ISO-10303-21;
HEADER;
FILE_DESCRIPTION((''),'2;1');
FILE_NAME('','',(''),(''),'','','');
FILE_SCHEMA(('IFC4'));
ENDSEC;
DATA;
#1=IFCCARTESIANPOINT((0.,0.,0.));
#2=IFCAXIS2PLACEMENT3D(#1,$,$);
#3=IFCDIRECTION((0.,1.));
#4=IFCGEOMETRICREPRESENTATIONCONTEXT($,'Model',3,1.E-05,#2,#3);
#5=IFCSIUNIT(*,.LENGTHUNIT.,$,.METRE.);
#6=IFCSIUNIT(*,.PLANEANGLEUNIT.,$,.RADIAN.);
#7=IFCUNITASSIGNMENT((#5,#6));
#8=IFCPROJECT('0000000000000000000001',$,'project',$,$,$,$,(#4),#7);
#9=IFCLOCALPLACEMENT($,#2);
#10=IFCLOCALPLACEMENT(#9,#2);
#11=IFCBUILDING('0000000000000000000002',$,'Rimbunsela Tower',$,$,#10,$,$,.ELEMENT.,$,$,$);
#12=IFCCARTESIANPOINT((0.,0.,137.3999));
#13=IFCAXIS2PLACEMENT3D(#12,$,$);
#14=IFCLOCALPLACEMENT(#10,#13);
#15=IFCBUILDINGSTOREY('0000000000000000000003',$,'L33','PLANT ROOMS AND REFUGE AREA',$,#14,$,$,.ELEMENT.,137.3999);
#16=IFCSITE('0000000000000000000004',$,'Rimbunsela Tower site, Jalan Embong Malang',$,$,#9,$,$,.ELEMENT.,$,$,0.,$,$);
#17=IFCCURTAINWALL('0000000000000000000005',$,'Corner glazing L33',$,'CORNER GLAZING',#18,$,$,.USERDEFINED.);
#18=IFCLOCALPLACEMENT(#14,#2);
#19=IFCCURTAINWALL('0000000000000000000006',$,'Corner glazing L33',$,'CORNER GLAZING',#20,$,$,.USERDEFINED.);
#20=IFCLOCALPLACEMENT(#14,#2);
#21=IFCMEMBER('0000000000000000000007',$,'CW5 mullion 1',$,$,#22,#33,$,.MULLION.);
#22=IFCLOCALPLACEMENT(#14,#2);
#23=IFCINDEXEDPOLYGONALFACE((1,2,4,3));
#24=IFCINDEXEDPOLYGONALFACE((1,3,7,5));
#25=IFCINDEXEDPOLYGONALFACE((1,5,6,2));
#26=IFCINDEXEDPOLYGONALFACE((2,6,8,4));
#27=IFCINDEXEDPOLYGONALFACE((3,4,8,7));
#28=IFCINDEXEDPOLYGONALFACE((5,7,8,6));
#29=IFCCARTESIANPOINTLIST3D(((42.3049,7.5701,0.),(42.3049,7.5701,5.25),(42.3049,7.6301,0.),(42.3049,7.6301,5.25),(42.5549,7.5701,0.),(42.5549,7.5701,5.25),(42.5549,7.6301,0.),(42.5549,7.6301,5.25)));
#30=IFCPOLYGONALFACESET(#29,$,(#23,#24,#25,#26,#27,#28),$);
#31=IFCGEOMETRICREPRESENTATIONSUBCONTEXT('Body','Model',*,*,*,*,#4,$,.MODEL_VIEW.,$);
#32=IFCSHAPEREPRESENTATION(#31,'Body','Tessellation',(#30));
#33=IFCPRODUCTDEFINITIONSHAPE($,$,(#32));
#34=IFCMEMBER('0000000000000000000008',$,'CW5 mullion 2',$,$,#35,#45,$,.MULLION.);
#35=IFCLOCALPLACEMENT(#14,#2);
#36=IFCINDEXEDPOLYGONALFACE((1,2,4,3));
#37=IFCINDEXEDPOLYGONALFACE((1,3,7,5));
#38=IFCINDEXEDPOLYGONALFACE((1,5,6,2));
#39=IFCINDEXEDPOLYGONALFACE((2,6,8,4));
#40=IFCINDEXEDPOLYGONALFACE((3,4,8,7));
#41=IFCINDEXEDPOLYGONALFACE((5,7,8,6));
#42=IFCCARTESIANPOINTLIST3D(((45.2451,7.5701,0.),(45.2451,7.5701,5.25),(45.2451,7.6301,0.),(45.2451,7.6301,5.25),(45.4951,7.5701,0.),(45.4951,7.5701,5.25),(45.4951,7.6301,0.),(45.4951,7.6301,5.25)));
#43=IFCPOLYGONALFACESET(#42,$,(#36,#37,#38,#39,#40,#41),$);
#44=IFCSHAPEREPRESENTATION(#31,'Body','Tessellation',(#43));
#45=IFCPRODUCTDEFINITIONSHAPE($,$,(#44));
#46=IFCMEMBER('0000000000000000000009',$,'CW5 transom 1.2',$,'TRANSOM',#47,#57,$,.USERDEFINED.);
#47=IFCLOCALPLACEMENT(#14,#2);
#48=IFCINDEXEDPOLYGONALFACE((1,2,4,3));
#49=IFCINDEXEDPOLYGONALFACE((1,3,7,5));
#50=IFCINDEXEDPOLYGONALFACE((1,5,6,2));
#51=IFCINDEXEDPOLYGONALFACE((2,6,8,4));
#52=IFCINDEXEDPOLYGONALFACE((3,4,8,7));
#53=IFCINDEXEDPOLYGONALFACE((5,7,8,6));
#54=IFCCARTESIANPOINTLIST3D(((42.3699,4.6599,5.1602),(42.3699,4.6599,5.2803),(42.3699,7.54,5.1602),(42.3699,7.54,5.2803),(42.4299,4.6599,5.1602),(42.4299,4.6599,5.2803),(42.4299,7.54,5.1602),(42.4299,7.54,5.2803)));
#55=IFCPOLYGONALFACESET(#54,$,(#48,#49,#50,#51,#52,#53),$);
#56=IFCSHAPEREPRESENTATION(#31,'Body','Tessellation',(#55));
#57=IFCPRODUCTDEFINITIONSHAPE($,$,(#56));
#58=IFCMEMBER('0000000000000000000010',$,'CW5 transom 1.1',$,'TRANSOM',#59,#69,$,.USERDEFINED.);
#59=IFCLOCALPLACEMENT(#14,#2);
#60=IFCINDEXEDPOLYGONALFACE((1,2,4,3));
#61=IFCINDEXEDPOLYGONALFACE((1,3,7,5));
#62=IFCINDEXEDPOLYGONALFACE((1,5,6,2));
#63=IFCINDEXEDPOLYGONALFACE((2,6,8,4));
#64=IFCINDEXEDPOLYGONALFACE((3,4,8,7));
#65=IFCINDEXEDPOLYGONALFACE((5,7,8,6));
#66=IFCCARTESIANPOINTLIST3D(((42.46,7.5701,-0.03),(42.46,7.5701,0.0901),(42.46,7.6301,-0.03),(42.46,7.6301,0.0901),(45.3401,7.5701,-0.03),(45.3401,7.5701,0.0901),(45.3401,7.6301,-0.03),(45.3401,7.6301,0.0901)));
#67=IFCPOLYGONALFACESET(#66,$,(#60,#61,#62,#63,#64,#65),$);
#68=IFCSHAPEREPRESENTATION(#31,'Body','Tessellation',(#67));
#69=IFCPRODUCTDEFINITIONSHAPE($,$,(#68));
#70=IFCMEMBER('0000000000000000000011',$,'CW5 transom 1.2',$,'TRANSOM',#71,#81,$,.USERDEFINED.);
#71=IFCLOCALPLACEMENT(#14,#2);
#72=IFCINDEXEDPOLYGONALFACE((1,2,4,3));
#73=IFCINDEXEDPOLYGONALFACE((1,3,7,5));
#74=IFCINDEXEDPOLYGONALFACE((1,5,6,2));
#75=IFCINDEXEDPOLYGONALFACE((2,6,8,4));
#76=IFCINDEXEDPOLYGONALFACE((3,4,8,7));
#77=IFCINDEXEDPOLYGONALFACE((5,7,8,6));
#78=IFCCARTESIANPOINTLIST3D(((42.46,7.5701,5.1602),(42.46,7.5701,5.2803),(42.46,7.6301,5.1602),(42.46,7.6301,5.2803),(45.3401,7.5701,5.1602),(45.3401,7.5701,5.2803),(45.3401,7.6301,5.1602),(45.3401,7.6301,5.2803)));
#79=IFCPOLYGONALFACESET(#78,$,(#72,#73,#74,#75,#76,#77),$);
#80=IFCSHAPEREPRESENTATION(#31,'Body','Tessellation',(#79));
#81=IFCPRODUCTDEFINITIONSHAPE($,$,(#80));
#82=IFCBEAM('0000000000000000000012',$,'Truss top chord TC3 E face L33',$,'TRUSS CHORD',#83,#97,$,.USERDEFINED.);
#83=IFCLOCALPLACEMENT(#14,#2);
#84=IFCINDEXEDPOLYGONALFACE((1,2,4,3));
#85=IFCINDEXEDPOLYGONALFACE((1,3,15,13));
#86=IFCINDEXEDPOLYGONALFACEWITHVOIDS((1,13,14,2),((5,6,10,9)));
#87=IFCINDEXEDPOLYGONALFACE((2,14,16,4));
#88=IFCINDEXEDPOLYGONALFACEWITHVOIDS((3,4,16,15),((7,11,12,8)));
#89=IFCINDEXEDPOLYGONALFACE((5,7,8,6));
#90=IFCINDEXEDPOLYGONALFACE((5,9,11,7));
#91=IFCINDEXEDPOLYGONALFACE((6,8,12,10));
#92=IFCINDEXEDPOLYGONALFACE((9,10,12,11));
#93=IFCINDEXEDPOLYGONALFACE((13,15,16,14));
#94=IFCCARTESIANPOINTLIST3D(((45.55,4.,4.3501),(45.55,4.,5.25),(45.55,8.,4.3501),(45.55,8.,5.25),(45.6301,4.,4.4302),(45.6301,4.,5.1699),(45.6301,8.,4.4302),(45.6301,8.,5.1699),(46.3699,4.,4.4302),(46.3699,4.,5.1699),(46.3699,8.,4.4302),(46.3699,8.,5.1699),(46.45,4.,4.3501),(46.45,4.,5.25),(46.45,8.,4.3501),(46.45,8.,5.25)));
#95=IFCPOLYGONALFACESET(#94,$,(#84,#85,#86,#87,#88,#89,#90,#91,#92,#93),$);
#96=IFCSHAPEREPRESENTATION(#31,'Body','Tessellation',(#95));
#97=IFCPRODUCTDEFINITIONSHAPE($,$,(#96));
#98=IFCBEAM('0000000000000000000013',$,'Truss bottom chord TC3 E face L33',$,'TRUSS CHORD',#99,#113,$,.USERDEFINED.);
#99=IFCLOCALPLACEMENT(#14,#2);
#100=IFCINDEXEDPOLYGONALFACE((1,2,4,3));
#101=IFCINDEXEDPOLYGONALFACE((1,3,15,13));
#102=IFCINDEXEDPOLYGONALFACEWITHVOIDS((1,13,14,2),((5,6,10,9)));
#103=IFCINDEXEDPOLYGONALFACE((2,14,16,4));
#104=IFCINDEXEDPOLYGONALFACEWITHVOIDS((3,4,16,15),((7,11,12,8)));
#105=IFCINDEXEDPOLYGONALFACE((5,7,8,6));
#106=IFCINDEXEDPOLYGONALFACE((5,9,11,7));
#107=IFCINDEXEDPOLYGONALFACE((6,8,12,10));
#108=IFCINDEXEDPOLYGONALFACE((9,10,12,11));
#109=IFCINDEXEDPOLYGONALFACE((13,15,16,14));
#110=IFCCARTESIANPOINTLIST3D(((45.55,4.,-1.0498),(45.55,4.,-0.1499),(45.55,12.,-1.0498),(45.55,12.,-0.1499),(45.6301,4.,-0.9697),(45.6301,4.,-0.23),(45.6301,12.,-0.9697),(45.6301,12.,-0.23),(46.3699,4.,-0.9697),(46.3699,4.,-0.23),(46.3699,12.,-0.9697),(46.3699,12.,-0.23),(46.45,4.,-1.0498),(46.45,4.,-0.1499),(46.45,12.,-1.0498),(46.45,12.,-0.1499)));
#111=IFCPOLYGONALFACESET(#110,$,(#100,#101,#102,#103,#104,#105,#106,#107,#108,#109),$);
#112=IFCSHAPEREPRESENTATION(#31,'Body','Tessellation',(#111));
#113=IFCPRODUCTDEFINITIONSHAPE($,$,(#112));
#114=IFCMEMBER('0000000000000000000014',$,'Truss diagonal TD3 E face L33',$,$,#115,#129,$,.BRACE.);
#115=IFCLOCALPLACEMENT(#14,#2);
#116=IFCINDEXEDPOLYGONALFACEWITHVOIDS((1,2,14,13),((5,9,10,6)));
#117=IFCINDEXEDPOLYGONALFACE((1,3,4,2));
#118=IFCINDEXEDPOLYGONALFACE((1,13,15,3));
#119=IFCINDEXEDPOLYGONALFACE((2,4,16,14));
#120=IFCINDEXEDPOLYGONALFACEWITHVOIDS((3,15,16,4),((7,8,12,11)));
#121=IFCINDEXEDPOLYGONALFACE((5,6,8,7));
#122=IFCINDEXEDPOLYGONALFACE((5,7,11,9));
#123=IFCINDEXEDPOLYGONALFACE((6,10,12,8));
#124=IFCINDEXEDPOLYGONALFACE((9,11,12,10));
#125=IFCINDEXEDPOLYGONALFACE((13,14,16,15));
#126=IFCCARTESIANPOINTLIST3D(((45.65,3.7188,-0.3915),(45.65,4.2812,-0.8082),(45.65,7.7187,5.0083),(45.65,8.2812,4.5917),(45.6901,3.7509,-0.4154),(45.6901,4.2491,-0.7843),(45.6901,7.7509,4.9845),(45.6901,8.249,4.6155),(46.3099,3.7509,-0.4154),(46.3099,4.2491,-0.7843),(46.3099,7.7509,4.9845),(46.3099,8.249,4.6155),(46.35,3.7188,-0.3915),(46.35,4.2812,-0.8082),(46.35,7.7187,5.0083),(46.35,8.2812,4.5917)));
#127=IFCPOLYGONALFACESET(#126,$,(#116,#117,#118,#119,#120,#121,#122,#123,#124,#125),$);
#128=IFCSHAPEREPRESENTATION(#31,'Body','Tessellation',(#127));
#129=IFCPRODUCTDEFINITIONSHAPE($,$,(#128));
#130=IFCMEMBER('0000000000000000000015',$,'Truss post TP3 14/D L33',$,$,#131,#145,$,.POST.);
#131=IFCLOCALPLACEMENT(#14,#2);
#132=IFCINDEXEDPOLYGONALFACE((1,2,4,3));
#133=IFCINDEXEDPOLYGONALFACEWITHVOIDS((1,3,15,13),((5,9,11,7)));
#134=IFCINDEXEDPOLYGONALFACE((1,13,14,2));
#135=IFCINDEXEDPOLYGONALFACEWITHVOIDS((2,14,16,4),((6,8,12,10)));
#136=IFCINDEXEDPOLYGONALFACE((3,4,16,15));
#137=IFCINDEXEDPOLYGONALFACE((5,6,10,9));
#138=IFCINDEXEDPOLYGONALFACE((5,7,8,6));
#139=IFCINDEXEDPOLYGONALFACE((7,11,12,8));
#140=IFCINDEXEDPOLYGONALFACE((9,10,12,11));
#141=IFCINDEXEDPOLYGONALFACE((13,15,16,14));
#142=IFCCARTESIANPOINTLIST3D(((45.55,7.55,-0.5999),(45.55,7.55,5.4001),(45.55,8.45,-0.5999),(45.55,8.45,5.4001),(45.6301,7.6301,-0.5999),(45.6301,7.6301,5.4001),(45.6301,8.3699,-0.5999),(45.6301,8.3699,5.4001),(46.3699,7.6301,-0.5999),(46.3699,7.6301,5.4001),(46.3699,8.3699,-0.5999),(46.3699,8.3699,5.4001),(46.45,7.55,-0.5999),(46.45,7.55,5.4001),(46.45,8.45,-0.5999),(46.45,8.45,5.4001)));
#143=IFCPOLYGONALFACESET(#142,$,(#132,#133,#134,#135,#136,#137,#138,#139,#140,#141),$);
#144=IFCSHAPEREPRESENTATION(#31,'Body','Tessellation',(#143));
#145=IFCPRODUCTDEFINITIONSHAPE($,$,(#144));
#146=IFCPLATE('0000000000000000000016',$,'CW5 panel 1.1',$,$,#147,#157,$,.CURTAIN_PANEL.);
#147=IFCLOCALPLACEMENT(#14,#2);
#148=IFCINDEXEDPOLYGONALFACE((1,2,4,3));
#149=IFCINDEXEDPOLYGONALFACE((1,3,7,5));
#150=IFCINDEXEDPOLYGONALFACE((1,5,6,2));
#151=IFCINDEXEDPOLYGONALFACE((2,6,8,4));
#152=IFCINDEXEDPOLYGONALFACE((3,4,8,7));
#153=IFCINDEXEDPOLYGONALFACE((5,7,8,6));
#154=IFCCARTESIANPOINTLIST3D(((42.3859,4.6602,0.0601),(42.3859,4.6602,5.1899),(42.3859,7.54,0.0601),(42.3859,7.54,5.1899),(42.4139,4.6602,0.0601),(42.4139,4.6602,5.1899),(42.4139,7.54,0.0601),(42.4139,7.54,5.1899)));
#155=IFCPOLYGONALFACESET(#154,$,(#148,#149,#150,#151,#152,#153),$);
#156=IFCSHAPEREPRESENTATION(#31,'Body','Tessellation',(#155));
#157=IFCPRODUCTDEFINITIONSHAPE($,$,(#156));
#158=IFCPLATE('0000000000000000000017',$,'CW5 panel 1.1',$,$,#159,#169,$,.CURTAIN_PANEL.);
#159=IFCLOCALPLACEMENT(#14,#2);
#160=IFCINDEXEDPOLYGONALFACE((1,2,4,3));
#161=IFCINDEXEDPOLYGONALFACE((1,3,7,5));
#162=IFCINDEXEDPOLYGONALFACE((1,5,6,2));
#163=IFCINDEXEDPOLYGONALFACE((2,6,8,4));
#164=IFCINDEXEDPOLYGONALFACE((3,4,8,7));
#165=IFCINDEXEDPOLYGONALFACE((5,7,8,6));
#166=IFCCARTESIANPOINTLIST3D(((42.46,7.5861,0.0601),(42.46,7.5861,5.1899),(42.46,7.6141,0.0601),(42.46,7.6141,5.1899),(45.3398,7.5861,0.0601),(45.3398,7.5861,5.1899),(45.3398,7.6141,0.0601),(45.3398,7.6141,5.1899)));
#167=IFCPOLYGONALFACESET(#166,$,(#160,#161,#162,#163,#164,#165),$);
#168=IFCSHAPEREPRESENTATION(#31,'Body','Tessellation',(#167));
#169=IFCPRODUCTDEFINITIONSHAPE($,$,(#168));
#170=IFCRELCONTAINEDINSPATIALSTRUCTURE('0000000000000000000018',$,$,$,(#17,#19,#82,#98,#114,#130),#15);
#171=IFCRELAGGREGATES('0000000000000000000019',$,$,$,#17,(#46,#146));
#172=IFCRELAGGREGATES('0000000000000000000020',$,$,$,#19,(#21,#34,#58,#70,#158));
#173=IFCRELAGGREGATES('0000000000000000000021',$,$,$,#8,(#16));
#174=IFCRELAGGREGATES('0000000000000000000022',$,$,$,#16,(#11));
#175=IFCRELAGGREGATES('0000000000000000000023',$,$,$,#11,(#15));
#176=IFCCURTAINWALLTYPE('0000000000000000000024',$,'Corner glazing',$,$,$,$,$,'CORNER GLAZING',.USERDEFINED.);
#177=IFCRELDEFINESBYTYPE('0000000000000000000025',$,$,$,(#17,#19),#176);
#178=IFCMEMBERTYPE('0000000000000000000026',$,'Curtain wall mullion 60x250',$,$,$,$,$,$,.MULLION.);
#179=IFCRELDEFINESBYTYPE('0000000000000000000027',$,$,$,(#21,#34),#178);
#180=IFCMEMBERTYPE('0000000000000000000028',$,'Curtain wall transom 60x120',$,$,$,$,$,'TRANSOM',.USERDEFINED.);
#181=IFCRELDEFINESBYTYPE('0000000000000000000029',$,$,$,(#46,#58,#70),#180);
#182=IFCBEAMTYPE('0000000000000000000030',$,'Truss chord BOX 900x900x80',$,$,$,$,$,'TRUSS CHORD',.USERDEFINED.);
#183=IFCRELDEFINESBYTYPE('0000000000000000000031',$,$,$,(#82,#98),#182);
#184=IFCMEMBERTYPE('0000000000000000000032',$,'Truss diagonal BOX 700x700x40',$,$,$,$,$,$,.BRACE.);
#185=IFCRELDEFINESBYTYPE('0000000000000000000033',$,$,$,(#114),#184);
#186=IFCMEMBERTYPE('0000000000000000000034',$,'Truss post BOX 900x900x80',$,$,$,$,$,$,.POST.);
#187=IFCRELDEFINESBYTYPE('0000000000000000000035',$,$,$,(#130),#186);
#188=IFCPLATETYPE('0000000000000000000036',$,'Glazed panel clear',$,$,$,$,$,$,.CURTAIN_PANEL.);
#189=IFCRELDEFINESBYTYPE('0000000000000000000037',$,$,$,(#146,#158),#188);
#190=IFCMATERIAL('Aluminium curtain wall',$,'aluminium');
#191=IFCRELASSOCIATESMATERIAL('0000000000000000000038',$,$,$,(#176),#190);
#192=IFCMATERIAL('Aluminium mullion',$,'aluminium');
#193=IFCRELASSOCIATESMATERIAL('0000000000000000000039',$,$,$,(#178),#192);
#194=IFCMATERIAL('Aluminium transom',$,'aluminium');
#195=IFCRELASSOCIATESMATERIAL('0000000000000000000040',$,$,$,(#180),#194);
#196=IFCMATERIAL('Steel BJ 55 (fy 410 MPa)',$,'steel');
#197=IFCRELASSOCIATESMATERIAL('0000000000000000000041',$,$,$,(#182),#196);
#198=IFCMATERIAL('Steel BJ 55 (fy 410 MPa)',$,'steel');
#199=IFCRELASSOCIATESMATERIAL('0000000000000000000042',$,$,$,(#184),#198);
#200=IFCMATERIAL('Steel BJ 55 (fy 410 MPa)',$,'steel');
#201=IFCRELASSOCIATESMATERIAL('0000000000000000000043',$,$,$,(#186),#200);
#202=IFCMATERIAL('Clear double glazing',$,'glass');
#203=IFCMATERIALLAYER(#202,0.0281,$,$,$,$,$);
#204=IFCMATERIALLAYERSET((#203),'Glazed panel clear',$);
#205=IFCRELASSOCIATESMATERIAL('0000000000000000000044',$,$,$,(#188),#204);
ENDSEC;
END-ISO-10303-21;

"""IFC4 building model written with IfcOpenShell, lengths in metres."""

from ifc_helpers import new_model, si_unit, direction, frame, origin, origin_2d, place, context, subcontext, project, spatial, rectangle, hollow_rectangle, extrude, material, layer, layer_set, material_profile, profile_set, type_object, element, aggregate, save


model = new_model("IFC4")

# Units and contexts
model_context = context("Model", 3, precision=1e-05, world=origin(), true_north=direction((0.0, 1.0)))
body_context = subcontext(model_context, "Body", "Model", "MODEL_VIEW")
ifc_project = project(units=[si_unit("LENGTHUNIT", "METRE"), si_unit("PLANEANGLEUNIT", "RADIAN")], contexts=[model_context])

# Site, building, storey
site_placement = place(None, origin())
site = spatial("IfcSite", under=ifc_project, at=site_placement, Name="Rimbunsela Tower site, Jalan Embong Malang", CompositionType="ELEMENT", RefElevation=0.0)
building_placement = place(site_placement, origin())
building = spatial("IfcBuilding", under=site, at=building_placement, Name="Rimbunsela Tower", CompositionType="ELEMENT")
storey_placement = place(building_placement, frame((0.0, 0.0, 137.3999)))
storey = spatial("IfcBuildingStorey", under=building, at=storey_placement, Name="L33", Description="PLANT ROOMS AND REFUGE AREA", CompositionType="ELEMENT", Elevation=137.3999)

# Curtain wall
ifc_material_1 = material(Name="Aluminium curtain wall", Category="aluminium")
curtain_wall_type = type_object("IfcCurtainWallType", Name="Corner glazing", ElementType="CORNER GLAZING", PredefinedType="USERDEFINED", material=ifc_material_1)
curtain_wall_1_placement = place(storey_placement, origin())
curtain_wall_1 = element("IfcCurtainWall", 1, at=curtain_wall_1_placement, inside=storey, type_object=curtain_wall_type, Name="Corner glazing L33", ObjectType="CORNER GLAZING", PredefinedType="USERDEFINED")
ifc_material_2 = material(Name="Aluminium mullion", Category="aluminium")
ifc_material_profile_1 = material_profile(ifc_material_2, rectangle(XDim=0.0601, YDim=0.25, at=origin_2d()), Name="Mullion 60x250")
ifc_profile_set_1 = profile_set([ifc_material_profile_1], Name="Aluminium mullion")
member_type_1 = type_object("IfcMemberType", Name="Curtain wall mullion 60x250", PredefinedType="MULLION", material=ifc_profile_set_1)

# Curtain wall, members
curtain_wall_2_placement = place(storey_placement, origin())
curtain_wall_2 = element("IfcCurtainWall", 2, at=curtain_wall_2_placement, inside=storey, type_object=curtain_wall_type, Name="Corner glazing L33", ObjectType="CORNER GLAZING", PredefinedType="USERDEFINED")
member_1_placement = place(storey_placement, frame((42.4299, 7.6001, 0.0), z_axis=(0.0, 0.0, 1.0), x_axis=(0.0, 1.0, 0.0)))
member_1 = element("IfcMember", 3, at=member_1_placement, type_object=member_type_1, Name="CW5 mullion 1", PredefinedType="MULLION", context=body_context, shape_type="SweptSolid", body=[
    extrude(rectangle(XDim=0.0601, YDim=0.25, at=origin_2d()), origin(), (0.0, 0.0, 1.0), 5.25),
])
member_2_placement = place(storey_placement, frame((45.3701, 7.6001, 0.0), z_axis=(0.0, 0.0, 1.0), x_axis=(0.0, 1.0, 0.0)))
member_2 = element("IfcMember", 4, at=member_2_placement, type_object=member_type_1, Name="CW5 mullion 2", PredefinedType="MULLION", context=body_context, shape_type="SweptSolid", body=[
    extrude(rectangle(XDim=0.0601, YDim=0.25, at=origin_2d()), origin(), (0.0, 0.0, 1.0), 5.25),
])

# Members
ifc_material_3 = material(Name="Aluminium transom", Category="aluminium")
ifc_material_profile_2 = material_profile(ifc_material_3, rectangle(XDim=0.0601, YDim=0.1201, at=origin_2d()), Name="Transom 60x120")
ifc_profile_set_2 = profile_set([ifc_material_profile_2], Name="Aluminium transom")
member_type_2 = type_object("IfcMemberType", Name="Curtain wall transom 60x120", ElementType="TRANSOM", PredefinedType="USERDEFINED", material=ifc_profile_set_2)
member_3_placement = place(storey_placement, frame((42.3999, 4.6599, 5.2202), z_axis=(0.0, 1.0, 0.0), x_axis=(-1.0, 0.0, 0.0)))
member_3 = element("IfcMember", 5, at=member_3_placement, type_object=member_type_2, Name="CW5 transom 1.2", ObjectType="TRANSOM", PredefinedType="USERDEFINED", context=body_context, shape_type="SweptSolid", body=[
    extrude(rectangle(XDim=0.0601, YDim=0.1201, at=origin_2d()), origin(), (0.0, 0.0, 1.0), 2.8801),
])
member_4_placement = place(storey_placement, frame((42.46, 7.6001, 0.03), z_axis=(1.0, 0.0, 0.0), x_axis=(0.0, 1.0, 0.0)))
member_4 = element("IfcMember", 6, at=member_4_placement, type_object=member_type_2, Name="CW5 transom 1.1", ObjectType="TRANSOM", PredefinedType="USERDEFINED", context=body_context, shape_type="SweptSolid", body=[
    extrude(rectangle(XDim=0.0601, YDim=0.1201, at=origin_2d()), origin(), (0.0, 0.0, 1.0), 2.8801),
])
member_5_placement = place(storey_placement, frame((42.46, 7.6001, 5.2202), z_axis=(1.0, 0.0, 0.0), x_axis=(0.0, 1.0, 0.0)))
member_5 = element("IfcMember", 7, at=member_5_placement, type_object=member_type_2, Name="CW5 transom 1.2", ObjectType="TRANSOM", PredefinedType="USERDEFINED", context=body_context, shape_type="SweptSolid", body=[
    extrude(rectangle(XDim=0.0601, YDim=0.1201, at=origin_2d()), origin(), (0.0, 0.0, 1.0), 2.8801),
])

# Beams
ifc_material_4 = material(Name="Steel BJ 55 (fy 410 MPa)", Category="steel")
ifc_material_profile_3 = material_profile(ifc_material_4, hollow_rectangle(XDim=0.8999, YDim=0.8999, WallThickness=0.0801, at=origin_2d()), Name="BOX 900x900x80")
ifc_profile_set_3 = profile_set([ifc_material_profile_3], Name="Steel BJ 55 (fy 410 MPa)")
beam_type_1 = type_object("IfcBeamType", Name="Truss chord BOX 900x900x80", ElementType="TRUSS CHORD", PredefinedType="USERDEFINED", material=ifc_profile_set_3)
beam_1_placement = place(storey_placement, frame((46.0, 4.0, 4.8), z_axis=(0.0, 1.0, 0.0), x_axis=(-1.0, 0.0, 0.0)))
element("IfcBeam", 8, at=beam_1_placement, inside=storey, type_object=beam_type_1, Name="Truss top chord TC3 E face L33", ObjectType="TRUSS CHORD", PredefinedType="USERDEFINED", context=body_context, shape_type="SweptSolid", body=[
    extrude(hollow_rectangle(XDim=0.8999, YDim=0.8999, WallThickness=0.0801, at=origin_2d()), origin(), (0.0, 0.0, 1.0), 4.0),
])
beam_2_placement = place(storey_placement, frame((46.0, 4.0, -0.5999), z_axis=(0.0, 1.0, 0.0), x_axis=(-1.0, 0.0, 0.0)))
element("IfcBeam", 9, at=beam_2_placement, inside=storey, type_object=beam_type_1, Name="Truss bottom chord TC3 E face L33", ObjectType="TRUSS CHORD", PredefinedType="USERDEFINED", context=body_context, shape_type="SweptSolid", body=[
    extrude(hollow_rectangle(XDim=0.8999, YDim=0.8999, WallThickness=0.0801, at=origin_2d()), origin(), (0.0, 0.0, 1.0), 8.0),
])

# Members
ifc_material_5 = material(Name="Steel BJ 55 (fy 410 MPa)", Category="steel")
ifc_material_profile_4 = material_profile(ifc_material_5, hollow_rectangle(XDim=0.7, YDim=0.7, WallThickness=0.04, at=origin_2d()), Name="BOX 700x700x40")
ifc_profile_set_4 = profile_set([ifc_material_profile_4], Name="Steel BJ 55 (fy 410 MPa)")
member_type_3 = type_object("IfcMemberType", Name="Truss diagonal BOX 700x700x40", PredefinedType="BRACE", material=ifc_profile_set_4)
member_6_placement = place(storey_placement, frame((46.0, 4.0, -0.5999), z_axis=(0.0, 0.595235, 0.803552), x_axis=(-1.0, 0.0, 0.0)))
element("IfcMember", 10, at=member_6_placement, inside=storey, type_object=member_type_3, Name="Truss diagonal TD3 E face L33", PredefinedType="BRACE", context=body_context, shape_type="SweptSolid", body=[
    extrude(hollow_rectangle(XDim=0.7, YDim=0.7, WallThickness=0.04, at=origin_2d()), origin(), (0.0, 0.0, 1.0), 6.72),
])
ifc_material_6 = material(Name="Steel BJ 55 (fy 410 MPa)", Category="steel")
ifc_material_profile_5 = material_profile(ifc_material_6, hollow_rectangle(XDim=0.8999, YDim=0.8999, WallThickness=0.0801, at=origin_2d()), Name="BOX 900x900x80")
ifc_profile_set_5 = profile_set([ifc_material_profile_5], Name="Steel BJ 55 (fy 410 MPa)")
member_type_4 = type_object("IfcMemberType", Name="Truss post BOX 900x900x80", PredefinedType="POST", material=ifc_profile_set_5)
member_7_placement = place(storey_placement, frame((46.0, 8.0, -0.5999), z_axis=(0.0, 0.0, 1.0), x_axis=(1.0, 0.0, 0.0)))
element("IfcMember", 11, at=member_7_placement, inside=storey, type_object=member_type_4, Name="Truss post TP3 14/D L33", PredefinedType="POST", context=body_context, shape_type="SweptSolid", body=[
    extrude(hollow_rectangle(XDim=0.8999, YDim=0.8999, WallThickness=0.0801, at=origin_2d()), origin(), (0.0, 0.0, 1.0), 6.0),
])

# Plates
ifc_material_7 = material(Name="Clear double glazing", Category="glass")
ifc_layer_1 = layer(ifc_material_7, 0.0281)
ifc_layer_set_1 = layer_set([ifc_layer_1], Name="Glazed panel clear")
plate_type = type_object("IfcPlateType", Name="Glazed panel clear", PredefinedType="CURTAIN_PANEL", material=ifc_layer_set_1)
plate_1_placement = place(storey_placement, frame((42.3999, 6.1001, 0.0601), z_axis=(0.0, 0.0, 1.0), x_axis=(0.0, 1.0, 0.0)))
plate_1 = element("IfcPlate", 12, at=plate_1_placement, type_object=plate_type, Name="CW5 panel 1.1", PredefinedType="CURTAIN_PANEL", context=body_context, shape_type="SweptSolid", body=[
    extrude(rectangle(XDim=2.8799, YDim=0.0281, at=origin_2d()), origin(), (0.0, 0.0, 1.0), 5.1299),
])
aggregate(curtain_wall_1, [member_3, plate_1])
plate_2_placement = place(storey_placement, frame((43.8999, 7.6001, 0.0601), z_axis=(0.0, 0.0, 1.0), x_axis=(1.0, 0.0, 0.0)))
plate_2 = element("IfcPlate", 13, at=plate_2_placement, type_object=plate_type, Name="CW5 panel 1.1", PredefinedType="CURTAIN_PANEL", context=body_context, shape_type="SweptSolid", body=[
    extrude(rectangle(XDim=2.8799, YDim=0.0281, at=origin_2d()), origin(), (0.0, 0.0, 1.0), 5.1299),
])
aggregate(curtain_wall_2, [member_1, member_2, member_4, member_5, plate_2])

save(model, "model.ifc")
